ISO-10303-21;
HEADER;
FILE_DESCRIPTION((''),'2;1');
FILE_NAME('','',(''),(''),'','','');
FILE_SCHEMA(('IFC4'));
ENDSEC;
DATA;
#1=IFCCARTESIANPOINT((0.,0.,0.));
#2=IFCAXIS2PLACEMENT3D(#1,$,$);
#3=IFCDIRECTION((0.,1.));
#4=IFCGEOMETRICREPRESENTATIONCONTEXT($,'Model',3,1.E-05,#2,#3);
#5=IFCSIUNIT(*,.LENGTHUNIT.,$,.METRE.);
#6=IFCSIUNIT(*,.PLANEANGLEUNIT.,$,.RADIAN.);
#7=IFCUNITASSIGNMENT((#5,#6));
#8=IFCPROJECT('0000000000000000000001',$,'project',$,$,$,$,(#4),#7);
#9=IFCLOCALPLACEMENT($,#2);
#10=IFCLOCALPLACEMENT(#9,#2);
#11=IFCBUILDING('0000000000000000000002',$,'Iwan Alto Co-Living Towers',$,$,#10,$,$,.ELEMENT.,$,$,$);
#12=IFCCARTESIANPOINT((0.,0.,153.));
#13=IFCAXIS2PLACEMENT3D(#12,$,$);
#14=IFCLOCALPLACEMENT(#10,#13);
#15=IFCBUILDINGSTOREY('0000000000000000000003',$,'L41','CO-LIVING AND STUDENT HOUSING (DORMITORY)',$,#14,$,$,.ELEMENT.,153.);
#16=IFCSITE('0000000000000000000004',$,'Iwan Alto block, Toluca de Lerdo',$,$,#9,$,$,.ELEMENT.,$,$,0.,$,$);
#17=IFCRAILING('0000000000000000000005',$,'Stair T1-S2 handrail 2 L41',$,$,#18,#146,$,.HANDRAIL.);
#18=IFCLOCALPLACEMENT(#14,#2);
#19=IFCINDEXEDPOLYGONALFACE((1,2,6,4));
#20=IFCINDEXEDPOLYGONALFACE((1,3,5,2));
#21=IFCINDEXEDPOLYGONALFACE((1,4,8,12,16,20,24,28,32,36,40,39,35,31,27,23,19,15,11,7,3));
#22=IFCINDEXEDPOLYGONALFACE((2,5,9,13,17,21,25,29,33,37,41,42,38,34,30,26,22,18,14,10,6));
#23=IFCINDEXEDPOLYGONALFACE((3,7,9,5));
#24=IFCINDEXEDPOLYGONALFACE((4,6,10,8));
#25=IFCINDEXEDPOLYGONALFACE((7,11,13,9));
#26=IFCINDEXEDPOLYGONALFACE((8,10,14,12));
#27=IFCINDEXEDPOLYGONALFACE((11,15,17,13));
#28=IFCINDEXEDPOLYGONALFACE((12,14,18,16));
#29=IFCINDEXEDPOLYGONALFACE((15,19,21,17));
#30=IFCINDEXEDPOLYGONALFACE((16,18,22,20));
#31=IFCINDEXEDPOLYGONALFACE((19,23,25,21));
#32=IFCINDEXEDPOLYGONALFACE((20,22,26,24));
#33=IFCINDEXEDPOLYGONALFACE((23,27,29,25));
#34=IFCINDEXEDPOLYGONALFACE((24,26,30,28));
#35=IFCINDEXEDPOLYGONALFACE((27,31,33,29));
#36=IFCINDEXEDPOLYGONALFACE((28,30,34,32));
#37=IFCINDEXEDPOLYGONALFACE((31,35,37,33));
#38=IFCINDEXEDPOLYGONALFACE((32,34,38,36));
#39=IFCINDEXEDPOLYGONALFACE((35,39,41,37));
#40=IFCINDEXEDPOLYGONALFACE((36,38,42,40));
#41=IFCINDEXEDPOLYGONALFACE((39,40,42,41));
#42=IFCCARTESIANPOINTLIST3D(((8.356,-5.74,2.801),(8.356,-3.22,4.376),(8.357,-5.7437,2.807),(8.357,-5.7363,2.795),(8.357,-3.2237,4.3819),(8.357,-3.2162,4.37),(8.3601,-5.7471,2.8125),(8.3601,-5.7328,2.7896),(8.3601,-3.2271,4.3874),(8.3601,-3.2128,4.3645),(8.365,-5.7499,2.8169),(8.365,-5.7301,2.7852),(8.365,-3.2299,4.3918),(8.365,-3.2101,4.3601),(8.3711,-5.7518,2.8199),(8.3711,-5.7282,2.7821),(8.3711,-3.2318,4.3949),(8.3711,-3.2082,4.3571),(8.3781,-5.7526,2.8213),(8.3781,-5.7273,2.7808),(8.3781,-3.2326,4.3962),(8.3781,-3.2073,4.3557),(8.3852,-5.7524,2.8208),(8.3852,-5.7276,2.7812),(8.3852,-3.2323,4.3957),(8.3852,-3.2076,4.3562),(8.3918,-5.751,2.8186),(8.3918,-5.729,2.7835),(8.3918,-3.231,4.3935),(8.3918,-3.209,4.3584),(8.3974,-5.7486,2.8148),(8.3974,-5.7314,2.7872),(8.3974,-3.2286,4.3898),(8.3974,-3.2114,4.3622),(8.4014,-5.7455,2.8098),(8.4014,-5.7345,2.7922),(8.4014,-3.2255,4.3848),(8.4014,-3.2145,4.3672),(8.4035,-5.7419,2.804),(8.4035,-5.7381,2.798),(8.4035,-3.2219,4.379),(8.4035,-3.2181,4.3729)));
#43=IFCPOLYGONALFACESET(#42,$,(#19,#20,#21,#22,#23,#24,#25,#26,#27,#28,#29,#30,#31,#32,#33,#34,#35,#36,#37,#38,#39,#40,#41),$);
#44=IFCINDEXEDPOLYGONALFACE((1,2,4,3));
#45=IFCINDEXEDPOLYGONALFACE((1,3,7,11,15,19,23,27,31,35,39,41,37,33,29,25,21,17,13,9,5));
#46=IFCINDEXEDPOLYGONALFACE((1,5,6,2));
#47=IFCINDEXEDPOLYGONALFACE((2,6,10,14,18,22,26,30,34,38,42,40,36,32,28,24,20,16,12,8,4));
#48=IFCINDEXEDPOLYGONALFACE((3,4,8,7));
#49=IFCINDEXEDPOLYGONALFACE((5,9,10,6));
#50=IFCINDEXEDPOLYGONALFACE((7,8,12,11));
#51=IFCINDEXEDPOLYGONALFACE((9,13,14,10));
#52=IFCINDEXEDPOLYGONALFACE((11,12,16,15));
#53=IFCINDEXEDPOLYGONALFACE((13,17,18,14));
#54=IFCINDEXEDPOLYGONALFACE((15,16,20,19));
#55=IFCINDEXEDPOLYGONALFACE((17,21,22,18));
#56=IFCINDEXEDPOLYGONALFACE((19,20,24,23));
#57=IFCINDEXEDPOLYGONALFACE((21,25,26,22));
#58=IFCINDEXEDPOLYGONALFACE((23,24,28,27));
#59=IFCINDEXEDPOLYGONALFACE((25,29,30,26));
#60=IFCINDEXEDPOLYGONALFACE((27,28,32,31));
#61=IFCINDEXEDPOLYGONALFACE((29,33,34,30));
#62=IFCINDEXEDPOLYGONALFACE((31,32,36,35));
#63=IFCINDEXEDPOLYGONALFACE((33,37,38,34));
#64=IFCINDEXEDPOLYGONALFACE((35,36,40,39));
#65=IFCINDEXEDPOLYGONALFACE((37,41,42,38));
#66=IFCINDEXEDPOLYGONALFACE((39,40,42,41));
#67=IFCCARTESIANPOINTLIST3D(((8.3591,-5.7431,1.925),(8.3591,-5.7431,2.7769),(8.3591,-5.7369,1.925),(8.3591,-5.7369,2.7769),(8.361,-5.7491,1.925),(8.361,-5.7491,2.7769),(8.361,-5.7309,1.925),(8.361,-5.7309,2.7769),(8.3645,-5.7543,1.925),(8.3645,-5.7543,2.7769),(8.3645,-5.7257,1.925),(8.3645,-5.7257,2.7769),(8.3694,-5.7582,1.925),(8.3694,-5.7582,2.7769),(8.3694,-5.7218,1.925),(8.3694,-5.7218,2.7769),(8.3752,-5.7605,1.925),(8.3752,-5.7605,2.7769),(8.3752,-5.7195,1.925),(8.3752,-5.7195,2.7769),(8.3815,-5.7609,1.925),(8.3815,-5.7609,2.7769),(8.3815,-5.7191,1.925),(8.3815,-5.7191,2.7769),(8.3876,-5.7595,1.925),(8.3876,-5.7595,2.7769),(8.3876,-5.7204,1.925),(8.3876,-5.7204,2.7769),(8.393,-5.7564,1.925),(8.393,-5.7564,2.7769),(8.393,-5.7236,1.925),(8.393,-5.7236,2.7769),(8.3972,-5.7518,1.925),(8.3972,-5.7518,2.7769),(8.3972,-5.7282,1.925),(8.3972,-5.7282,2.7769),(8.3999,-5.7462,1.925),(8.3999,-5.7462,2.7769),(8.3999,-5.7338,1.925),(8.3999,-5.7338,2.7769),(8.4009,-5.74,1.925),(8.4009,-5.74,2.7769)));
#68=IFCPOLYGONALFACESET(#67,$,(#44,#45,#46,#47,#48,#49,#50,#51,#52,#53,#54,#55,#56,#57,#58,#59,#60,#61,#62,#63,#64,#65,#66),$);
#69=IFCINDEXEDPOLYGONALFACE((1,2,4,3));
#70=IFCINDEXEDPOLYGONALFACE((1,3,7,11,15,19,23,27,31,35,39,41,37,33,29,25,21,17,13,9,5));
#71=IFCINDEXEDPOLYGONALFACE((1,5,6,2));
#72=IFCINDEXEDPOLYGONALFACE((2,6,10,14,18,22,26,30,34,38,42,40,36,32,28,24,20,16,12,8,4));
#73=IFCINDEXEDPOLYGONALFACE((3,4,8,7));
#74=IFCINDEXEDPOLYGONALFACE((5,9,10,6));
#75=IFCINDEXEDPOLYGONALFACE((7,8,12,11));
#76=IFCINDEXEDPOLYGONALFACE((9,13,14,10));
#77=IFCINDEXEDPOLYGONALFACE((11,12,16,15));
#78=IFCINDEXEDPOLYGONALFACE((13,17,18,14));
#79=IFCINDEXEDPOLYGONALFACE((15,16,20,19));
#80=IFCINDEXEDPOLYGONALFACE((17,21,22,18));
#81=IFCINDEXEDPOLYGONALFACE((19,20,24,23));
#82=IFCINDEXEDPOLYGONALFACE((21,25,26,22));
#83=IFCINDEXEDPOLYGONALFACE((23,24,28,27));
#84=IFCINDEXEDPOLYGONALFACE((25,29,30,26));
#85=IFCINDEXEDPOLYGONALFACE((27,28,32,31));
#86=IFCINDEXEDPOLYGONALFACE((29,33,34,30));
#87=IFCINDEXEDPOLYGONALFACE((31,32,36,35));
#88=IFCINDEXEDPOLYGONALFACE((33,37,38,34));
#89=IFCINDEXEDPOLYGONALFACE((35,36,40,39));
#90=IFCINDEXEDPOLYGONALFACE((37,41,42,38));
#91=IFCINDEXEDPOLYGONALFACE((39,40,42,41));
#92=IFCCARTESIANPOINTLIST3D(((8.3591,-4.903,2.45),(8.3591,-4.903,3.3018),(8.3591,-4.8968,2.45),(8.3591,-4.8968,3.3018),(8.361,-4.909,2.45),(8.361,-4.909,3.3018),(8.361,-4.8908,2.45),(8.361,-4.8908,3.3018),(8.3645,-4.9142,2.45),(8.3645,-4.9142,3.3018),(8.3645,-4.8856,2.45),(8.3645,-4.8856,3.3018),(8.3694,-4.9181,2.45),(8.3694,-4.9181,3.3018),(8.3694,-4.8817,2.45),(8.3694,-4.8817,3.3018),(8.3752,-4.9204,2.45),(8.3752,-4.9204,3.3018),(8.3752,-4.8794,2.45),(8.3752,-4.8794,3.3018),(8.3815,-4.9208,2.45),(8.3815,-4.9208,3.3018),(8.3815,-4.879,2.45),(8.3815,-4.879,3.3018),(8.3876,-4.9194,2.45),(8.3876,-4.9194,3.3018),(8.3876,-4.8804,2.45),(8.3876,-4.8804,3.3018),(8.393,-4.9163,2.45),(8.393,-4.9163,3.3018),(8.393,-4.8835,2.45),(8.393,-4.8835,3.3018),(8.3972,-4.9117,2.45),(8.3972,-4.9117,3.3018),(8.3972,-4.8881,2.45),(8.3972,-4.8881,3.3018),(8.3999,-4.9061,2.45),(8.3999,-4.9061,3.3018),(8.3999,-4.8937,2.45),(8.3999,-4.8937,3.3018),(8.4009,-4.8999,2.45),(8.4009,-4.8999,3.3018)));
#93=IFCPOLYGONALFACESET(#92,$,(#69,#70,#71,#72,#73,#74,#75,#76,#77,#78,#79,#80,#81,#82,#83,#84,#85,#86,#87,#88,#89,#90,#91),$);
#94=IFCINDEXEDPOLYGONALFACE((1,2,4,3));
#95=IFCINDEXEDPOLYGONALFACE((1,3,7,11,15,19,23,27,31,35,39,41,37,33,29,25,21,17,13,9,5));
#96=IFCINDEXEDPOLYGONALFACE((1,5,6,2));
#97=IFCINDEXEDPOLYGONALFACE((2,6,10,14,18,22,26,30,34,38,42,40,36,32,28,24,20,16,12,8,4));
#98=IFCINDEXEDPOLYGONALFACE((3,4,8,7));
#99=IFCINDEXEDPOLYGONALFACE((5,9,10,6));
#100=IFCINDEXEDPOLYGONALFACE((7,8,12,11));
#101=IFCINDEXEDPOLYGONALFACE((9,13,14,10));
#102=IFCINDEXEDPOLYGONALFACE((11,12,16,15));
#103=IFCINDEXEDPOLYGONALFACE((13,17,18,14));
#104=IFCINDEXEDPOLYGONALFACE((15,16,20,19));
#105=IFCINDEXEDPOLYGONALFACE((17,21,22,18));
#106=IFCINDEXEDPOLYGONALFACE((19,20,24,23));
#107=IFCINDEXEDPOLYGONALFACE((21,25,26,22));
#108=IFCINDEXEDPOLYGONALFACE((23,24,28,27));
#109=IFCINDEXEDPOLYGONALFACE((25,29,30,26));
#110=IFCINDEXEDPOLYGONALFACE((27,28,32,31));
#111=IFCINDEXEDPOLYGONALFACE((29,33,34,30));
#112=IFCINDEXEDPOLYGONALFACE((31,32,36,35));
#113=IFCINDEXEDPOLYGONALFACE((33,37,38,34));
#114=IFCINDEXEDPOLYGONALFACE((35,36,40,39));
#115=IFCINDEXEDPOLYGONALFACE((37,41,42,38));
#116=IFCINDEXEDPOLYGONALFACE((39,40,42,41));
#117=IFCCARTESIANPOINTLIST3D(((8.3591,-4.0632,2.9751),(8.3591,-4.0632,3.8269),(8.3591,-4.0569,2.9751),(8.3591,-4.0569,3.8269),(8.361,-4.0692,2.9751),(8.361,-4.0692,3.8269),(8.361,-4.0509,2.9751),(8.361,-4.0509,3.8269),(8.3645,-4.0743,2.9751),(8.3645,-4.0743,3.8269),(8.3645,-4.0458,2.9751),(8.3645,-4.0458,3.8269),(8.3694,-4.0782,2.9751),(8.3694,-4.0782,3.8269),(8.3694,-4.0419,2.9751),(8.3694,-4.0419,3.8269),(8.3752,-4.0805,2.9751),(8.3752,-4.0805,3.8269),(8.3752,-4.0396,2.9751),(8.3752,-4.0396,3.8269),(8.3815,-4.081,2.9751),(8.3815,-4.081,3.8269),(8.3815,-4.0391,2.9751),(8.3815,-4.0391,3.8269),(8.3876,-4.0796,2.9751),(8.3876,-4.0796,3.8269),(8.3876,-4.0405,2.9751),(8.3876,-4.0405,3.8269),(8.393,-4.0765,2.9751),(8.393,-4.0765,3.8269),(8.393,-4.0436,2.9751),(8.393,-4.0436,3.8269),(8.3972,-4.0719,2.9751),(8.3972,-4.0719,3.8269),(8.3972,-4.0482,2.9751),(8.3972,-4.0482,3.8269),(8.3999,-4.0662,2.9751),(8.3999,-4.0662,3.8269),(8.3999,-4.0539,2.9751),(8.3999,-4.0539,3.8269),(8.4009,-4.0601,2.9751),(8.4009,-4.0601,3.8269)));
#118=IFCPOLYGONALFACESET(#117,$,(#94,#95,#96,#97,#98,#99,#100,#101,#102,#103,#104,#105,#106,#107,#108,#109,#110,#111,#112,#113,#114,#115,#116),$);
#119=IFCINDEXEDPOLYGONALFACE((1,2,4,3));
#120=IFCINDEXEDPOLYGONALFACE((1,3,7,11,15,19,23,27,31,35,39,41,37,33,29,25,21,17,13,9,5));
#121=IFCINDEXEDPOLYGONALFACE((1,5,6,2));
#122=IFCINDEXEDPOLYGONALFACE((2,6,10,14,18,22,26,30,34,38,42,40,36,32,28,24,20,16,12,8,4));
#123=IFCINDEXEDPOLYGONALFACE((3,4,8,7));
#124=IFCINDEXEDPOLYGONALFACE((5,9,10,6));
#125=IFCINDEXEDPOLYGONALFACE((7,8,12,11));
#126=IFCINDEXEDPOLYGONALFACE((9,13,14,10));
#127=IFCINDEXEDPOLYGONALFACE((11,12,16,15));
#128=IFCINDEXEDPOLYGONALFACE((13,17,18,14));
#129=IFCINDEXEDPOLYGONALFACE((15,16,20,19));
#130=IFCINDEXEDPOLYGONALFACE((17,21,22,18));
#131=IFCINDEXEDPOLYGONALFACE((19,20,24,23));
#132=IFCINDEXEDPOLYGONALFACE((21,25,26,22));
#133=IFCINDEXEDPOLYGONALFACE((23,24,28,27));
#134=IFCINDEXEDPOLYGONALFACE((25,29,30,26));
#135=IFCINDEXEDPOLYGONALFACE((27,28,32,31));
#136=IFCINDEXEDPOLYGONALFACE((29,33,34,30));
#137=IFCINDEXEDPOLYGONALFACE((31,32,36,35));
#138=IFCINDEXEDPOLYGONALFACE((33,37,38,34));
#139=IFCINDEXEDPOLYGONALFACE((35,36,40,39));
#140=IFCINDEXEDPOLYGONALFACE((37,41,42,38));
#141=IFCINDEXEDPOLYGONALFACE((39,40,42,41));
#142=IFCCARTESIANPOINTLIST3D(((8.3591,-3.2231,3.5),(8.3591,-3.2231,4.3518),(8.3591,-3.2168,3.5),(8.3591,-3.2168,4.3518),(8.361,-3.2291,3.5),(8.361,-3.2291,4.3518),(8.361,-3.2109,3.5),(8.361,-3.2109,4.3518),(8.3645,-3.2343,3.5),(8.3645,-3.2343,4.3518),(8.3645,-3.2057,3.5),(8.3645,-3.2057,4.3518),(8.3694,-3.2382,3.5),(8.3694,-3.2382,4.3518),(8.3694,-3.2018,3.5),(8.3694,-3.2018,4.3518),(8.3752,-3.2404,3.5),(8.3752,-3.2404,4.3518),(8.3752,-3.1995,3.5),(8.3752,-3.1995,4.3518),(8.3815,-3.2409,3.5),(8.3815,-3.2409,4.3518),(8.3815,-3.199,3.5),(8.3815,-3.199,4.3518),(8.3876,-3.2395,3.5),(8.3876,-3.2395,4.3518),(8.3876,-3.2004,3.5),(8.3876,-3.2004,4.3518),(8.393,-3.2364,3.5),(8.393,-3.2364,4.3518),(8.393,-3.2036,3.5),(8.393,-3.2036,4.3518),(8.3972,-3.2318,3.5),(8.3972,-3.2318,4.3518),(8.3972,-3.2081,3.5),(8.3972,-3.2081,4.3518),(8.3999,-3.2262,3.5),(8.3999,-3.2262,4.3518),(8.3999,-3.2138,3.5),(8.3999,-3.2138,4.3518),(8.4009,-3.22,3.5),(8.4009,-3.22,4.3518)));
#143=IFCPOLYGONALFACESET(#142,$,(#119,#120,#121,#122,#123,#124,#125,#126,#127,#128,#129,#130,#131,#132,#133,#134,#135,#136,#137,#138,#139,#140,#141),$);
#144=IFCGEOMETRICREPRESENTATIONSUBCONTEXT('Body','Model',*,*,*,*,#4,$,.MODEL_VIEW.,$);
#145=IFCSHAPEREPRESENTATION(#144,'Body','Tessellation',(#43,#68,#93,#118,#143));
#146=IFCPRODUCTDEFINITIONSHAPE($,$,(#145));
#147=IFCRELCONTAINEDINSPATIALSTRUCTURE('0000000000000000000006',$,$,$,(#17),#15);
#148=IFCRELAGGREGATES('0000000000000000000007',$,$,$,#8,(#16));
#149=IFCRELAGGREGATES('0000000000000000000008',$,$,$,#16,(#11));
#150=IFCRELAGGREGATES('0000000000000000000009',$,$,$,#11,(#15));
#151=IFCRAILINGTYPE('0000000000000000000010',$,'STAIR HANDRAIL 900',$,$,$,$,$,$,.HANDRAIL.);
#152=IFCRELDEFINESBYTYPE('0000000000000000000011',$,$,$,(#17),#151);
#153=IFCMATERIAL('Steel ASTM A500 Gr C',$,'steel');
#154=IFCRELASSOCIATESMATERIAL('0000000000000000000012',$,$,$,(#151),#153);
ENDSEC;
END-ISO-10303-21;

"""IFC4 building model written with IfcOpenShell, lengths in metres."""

from ifc_helpers import new_model, si_unit, direction, frame, origin, origin_2d, place, context, subcontext, project, spatial, circle, extrude, material, type_object, element, save


model = new_model("IFC4")

# Units and contexts
model_context = context("Model", 3, precision=1e-05, world=origin(), true_north=direction((0.0, 1.0)))
body_context = subcontext(model_context, "Body", "Model", "MODEL_VIEW")
ifc_project = project(units=[si_unit("LENGTHUNIT", "METRE"), si_unit("PLANEANGLEUNIT", "RADIAN")], contexts=[model_context])

# Site, building, storey
site_placement = place(None, origin())
site = spatial("IfcSite", under=ifc_project, at=site_placement, Name="Iwan Alto block, Toluca de Lerdo", CompositionType="ELEMENT", RefElevation=0.0)
building_placement = place(site_placement, origin())
building = spatial("IfcBuilding", under=site, at=building_placement, Name="Iwan Alto Co-Living Towers", CompositionType="ELEMENT")
storey_placement = place(building_placement, frame((0.0, 0.0, 153.0)))
storey = spatial("IfcBuildingStorey", under=building, at=storey_placement, Name="L41", Description="CO-LIVING AND STUDENT HOUSING (DORMITORY)", CompositionType="ELEMENT", Elevation=153.0)

# Railing
ifc_material_1 = material(Name="Steel ASTM A500 Gr C", Category="steel")
railing_type_1 = type_object("IfcRailingType", Name="STAIR HANDRAIL 900", PredefinedType="HANDRAIL", material=ifc_material_1)
railing_1_placement = place(storey_placement, frame((8.3799, -5.74, 1.925)))
element("IfcRailing", 1, at=railing_1_placement, inside=storey, type_object=railing_type_1, Name="Stair T1-S2 handrail 2 L41", PredefinedType="HANDRAIL", context=body_context, shape_type="SweptSolid", body=[
    extrude(circle(Radius=0.0239, at=origin_2d()), frame((0.0, 0.0, 0.876), z_axis=(0.0, 0.848008, 0.529984), x_axis=(-1.0, 0.0, 0.0)), (0.0, 0.0, 1.0), 2.9717),
    extrude(circle(Radius=0.021, at=origin_2d()), origin(), (0.0, 0.0, 1.0), 0.8518),
    extrude(circle(Radius=0.021, at=origin_2d()), frame((0.0, 0.8401, 0.5249)), (0.0, 0.0, 1.0), 0.8518),
    extrude(circle(Radius=0.021, at=origin_2d()), frame((0.0, 1.6799, 1.05)), (0.0, 0.0, 1.0), 0.8518),
    extrude(circle(Radius=0.021, at=origin_2d()), frame((0.0, 2.52, 1.575)), (0.0, 0.0, 1.0), 0.8518),
])

save(model, "model.ifc")
